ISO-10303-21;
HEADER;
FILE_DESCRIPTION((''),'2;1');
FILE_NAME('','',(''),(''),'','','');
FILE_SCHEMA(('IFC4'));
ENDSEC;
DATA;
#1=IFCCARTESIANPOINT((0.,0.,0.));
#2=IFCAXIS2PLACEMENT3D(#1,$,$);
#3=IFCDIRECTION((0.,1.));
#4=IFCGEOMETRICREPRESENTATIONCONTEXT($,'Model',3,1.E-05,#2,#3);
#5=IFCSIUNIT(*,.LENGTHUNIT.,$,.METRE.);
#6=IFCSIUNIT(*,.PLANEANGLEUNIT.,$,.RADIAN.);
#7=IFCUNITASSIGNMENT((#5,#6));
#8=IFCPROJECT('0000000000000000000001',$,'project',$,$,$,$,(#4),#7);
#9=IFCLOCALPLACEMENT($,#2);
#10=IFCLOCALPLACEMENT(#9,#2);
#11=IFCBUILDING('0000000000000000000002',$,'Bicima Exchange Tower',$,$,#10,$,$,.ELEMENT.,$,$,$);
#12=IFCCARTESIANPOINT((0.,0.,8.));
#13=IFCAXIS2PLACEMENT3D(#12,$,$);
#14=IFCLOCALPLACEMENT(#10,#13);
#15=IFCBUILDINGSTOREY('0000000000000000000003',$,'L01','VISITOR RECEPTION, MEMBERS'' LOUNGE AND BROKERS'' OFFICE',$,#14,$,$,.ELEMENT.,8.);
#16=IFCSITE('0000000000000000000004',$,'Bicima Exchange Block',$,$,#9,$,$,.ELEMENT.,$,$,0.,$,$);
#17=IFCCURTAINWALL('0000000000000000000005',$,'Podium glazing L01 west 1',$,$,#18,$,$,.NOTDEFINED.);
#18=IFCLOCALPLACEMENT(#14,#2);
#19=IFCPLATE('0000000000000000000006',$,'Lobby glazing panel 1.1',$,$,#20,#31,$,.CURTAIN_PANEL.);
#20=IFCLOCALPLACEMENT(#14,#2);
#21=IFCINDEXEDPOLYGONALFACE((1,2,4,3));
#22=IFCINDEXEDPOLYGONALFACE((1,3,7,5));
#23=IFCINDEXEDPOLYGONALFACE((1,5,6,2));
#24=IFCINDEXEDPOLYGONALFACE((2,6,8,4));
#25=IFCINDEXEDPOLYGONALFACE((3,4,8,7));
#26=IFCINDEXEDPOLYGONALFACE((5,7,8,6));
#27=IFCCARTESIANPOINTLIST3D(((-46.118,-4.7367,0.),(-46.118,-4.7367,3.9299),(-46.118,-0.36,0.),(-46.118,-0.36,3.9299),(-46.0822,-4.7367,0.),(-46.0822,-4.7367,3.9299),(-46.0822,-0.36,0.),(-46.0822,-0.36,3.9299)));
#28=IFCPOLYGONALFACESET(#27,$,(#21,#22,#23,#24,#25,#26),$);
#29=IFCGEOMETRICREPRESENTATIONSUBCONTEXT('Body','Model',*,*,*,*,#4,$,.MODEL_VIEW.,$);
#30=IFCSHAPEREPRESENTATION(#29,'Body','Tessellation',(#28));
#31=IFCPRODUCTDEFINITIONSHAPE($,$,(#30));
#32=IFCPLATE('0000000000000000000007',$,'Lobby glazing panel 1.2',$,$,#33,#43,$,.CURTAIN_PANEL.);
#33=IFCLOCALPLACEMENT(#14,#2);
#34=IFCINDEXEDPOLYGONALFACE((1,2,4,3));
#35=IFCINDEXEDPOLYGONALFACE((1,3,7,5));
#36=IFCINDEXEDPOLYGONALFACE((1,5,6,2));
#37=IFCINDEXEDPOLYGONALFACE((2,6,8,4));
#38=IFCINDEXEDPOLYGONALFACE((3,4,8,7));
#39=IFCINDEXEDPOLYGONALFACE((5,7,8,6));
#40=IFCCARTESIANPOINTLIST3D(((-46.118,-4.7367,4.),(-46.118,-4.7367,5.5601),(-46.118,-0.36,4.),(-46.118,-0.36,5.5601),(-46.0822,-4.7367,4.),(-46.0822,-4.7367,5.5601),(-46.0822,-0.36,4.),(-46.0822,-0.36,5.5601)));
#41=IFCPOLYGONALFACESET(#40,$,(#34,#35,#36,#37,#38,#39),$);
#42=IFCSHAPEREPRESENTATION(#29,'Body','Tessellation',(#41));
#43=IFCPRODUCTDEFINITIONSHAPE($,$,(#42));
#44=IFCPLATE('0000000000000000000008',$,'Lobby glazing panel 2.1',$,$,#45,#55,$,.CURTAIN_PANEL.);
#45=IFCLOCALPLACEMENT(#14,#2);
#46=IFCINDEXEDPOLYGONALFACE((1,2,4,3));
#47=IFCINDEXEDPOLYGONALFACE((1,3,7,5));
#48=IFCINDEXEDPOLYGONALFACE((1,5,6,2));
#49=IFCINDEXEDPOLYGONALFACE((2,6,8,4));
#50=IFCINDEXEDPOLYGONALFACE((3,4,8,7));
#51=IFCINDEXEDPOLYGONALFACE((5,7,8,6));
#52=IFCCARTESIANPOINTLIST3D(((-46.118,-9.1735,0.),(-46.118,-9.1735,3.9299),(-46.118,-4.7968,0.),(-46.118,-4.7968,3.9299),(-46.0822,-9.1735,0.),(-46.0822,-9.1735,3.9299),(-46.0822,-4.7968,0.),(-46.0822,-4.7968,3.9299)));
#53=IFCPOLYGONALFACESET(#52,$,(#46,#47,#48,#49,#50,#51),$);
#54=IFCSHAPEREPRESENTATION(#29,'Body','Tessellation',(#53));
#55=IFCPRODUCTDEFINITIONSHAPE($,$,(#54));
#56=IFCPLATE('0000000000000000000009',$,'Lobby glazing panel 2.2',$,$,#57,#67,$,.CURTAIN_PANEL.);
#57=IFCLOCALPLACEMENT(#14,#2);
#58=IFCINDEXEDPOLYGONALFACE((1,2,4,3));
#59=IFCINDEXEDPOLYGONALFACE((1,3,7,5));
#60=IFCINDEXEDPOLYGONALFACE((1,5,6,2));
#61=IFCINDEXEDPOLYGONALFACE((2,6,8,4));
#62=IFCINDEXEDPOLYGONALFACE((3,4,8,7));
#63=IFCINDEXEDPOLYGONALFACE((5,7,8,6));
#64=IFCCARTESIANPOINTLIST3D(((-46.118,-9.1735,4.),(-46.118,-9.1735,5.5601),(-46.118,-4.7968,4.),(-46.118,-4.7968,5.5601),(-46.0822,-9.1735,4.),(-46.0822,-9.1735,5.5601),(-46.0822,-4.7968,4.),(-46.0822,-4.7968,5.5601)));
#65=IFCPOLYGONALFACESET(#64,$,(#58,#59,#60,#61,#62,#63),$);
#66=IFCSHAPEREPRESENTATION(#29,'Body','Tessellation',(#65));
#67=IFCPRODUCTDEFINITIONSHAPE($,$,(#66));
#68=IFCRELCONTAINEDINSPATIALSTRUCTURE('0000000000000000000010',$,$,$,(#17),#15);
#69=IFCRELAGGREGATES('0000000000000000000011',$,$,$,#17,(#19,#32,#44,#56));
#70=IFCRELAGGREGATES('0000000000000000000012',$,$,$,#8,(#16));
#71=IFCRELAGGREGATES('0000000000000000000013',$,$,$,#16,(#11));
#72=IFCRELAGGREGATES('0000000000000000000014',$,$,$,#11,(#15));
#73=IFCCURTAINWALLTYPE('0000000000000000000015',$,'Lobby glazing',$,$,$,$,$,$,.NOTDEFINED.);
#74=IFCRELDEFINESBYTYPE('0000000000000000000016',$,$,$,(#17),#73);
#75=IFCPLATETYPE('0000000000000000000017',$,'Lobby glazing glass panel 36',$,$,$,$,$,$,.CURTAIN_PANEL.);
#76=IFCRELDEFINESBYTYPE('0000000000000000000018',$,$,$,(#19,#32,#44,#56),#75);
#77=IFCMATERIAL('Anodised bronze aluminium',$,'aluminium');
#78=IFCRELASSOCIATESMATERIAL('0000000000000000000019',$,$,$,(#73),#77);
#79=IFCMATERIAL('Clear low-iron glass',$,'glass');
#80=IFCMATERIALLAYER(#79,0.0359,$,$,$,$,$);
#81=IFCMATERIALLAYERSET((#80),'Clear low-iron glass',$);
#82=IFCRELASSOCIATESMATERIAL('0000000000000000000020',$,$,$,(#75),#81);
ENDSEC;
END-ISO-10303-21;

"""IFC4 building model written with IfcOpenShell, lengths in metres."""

from ifc_helpers import new_model, si_unit, direction, frame, origin, origin_2d, place, context, subcontext, project, spatial, rectangle, extrude, material, layer, layer_set, type_object, element, aggregate, save


model = new_model("IFC4")

# Units and contexts
model_context = context("Model", 3, precision=1e-05, world=origin(), true_north=direction((0.0, 1.0)))
body_context = subcontext(model_context, "Body", "Model", "MODEL_VIEW")
ifc_project = project(units=[si_unit("LENGTHUNIT", "METRE"), si_unit("PLANEANGLEUNIT", "RADIAN")], contexts=[model_context])

# Site, building, storey
site_placement = place(None, origin())
site = spatial("IfcSite", under=ifc_project, at=site_placement, Name="Bicima Exchange Block", CompositionType="ELEMENT", RefElevation=0.0)
building_placement = place(site_placement, origin())
building = spatial("IfcBuilding", under=site, at=building_placement, Name="Bicima Exchange Tower", CompositionType="ELEMENT")
storey_placement = place(building_placement, frame((0.0, 0.0, 8.0)))
storey = spatial("IfcBuildingStorey", under=building, at=storey_placement, Name="L01", Description="VISITOR RECEPTION, MEMBERS' LOUNGE AND BROKERS' OFFICE", CompositionType="ELEMENT", Elevation=8.0)

# Curtain wall
ifc_material_1 = material(Name="Anodised bronze aluminium", Category="aluminium")
curtain_wall_type = type_object("IfcCurtainWallType", Name="Lobby glazing", PredefinedType="NOTDEFINED", material=ifc_material_1)
curtain_wall_1_placement = place(storey_placement, origin())
curtain_wall_1 = element("IfcCurtainWall", 1, at=curtain_wall_1_placement, inside=storey, type_object=curtain_wall_type, Name="Podium glazing L01 west 1", PredefinedType="NOTDEFINED")

# Plates
ifc_material_2 = material(Name="Clear low-iron glass", Category="glass")
ifc_layer = layer(ifc_material_2, 0.0359)
ifc_layer_set = layer_set([ifc_layer], Name="Clear low-iron glass")
plate_type = type_object("IfcPlateType", Name="Lobby glazing glass panel 36", PredefinedType="CURTAIN_PANEL", material=ifc_layer_set)
plate_1_placement = place(storey_placement, frame((-46.1001, -2.5483, 0.0), z_axis=(0.0, 0.0, 1.0), x_axis=(0.0, -1.0, 0.0)))
plate_1 = element("IfcPlate", 2, at=plate_1_placement, type_object=plate_type, Name="Lobby glazing panel 1.1", PredefinedType="CURTAIN_PANEL", context=body_context, shape_type="SweptSolid", body=[
    extrude(rectangle(XDim=4.3767, YDim=0.0359, at=origin_2d()), origin(), (0.0, 0.0, 1.0), 3.9299),
])
plate_2_placement = place(storey_placement, frame((-46.1001, -2.5483, 4.0), z_axis=(0.0, 0.0, 1.0), x_axis=(0.0, -1.0, 0.0)))
plate_2 = element("IfcPlate", 3, at=plate_2_placement, type_object=plate_type, Name="Lobby glazing panel 1.2", PredefinedType="CURTAIN_PANEL", context=body_context, shape_type="SweptSolid", body=[
    extrude(rectangle(XDim=4.3767, YDim=0.0359, at=origin_2d()), origin(), (0.0, 0.0, 1.0), 1.5601),
])
plate_3_placement = place(storey_placement, frame((-46.1001, -6.9851, 0.0), z_axis=(0.0, 0.0, 1.0), x_axis=(0.0, -1.0, 0.0)))
plate_3 = element("IfcPlate", 4, at=plate_3_placement, type_object=plate_type, Name="Lobby glazing panel 2.1", PredefinedType="CURTAIN_PANEL", context=body_context, shape_type="SweptSolid", body=[
    extrude(rectangle(XDim=4.3767, YDim=0.0359, at=origin_2d()), origin(), (0.0, 0.0, 1.0), 3.9299),
])
plate_4_placement = place(storey_placement, frame((-46.1001, -6.9851, 4.0), z_axis=(0.0, 0.0, 1.0), x_axis=(0.0, -1.0, 0.0)))
plate_4 = element("IfcPlate", 5, at=plate_4_placement, type_object=plate_type, Name="Lobby glazing panel 2.2", PredefinedType="CURTAIN_PANEL", context=body_context, shape_type="SweptSolid", body=[
    extrude(rectangle(XDim=4.3767, YDim=0.0359, at=origin_2d()), origin(), (0.0, 0.0, 1.0), 1.5601),
])
aggregate(curtain_wall_1, [plate_1, plate_2, plate_3, plate_4])

save(model, "model.ifc")
